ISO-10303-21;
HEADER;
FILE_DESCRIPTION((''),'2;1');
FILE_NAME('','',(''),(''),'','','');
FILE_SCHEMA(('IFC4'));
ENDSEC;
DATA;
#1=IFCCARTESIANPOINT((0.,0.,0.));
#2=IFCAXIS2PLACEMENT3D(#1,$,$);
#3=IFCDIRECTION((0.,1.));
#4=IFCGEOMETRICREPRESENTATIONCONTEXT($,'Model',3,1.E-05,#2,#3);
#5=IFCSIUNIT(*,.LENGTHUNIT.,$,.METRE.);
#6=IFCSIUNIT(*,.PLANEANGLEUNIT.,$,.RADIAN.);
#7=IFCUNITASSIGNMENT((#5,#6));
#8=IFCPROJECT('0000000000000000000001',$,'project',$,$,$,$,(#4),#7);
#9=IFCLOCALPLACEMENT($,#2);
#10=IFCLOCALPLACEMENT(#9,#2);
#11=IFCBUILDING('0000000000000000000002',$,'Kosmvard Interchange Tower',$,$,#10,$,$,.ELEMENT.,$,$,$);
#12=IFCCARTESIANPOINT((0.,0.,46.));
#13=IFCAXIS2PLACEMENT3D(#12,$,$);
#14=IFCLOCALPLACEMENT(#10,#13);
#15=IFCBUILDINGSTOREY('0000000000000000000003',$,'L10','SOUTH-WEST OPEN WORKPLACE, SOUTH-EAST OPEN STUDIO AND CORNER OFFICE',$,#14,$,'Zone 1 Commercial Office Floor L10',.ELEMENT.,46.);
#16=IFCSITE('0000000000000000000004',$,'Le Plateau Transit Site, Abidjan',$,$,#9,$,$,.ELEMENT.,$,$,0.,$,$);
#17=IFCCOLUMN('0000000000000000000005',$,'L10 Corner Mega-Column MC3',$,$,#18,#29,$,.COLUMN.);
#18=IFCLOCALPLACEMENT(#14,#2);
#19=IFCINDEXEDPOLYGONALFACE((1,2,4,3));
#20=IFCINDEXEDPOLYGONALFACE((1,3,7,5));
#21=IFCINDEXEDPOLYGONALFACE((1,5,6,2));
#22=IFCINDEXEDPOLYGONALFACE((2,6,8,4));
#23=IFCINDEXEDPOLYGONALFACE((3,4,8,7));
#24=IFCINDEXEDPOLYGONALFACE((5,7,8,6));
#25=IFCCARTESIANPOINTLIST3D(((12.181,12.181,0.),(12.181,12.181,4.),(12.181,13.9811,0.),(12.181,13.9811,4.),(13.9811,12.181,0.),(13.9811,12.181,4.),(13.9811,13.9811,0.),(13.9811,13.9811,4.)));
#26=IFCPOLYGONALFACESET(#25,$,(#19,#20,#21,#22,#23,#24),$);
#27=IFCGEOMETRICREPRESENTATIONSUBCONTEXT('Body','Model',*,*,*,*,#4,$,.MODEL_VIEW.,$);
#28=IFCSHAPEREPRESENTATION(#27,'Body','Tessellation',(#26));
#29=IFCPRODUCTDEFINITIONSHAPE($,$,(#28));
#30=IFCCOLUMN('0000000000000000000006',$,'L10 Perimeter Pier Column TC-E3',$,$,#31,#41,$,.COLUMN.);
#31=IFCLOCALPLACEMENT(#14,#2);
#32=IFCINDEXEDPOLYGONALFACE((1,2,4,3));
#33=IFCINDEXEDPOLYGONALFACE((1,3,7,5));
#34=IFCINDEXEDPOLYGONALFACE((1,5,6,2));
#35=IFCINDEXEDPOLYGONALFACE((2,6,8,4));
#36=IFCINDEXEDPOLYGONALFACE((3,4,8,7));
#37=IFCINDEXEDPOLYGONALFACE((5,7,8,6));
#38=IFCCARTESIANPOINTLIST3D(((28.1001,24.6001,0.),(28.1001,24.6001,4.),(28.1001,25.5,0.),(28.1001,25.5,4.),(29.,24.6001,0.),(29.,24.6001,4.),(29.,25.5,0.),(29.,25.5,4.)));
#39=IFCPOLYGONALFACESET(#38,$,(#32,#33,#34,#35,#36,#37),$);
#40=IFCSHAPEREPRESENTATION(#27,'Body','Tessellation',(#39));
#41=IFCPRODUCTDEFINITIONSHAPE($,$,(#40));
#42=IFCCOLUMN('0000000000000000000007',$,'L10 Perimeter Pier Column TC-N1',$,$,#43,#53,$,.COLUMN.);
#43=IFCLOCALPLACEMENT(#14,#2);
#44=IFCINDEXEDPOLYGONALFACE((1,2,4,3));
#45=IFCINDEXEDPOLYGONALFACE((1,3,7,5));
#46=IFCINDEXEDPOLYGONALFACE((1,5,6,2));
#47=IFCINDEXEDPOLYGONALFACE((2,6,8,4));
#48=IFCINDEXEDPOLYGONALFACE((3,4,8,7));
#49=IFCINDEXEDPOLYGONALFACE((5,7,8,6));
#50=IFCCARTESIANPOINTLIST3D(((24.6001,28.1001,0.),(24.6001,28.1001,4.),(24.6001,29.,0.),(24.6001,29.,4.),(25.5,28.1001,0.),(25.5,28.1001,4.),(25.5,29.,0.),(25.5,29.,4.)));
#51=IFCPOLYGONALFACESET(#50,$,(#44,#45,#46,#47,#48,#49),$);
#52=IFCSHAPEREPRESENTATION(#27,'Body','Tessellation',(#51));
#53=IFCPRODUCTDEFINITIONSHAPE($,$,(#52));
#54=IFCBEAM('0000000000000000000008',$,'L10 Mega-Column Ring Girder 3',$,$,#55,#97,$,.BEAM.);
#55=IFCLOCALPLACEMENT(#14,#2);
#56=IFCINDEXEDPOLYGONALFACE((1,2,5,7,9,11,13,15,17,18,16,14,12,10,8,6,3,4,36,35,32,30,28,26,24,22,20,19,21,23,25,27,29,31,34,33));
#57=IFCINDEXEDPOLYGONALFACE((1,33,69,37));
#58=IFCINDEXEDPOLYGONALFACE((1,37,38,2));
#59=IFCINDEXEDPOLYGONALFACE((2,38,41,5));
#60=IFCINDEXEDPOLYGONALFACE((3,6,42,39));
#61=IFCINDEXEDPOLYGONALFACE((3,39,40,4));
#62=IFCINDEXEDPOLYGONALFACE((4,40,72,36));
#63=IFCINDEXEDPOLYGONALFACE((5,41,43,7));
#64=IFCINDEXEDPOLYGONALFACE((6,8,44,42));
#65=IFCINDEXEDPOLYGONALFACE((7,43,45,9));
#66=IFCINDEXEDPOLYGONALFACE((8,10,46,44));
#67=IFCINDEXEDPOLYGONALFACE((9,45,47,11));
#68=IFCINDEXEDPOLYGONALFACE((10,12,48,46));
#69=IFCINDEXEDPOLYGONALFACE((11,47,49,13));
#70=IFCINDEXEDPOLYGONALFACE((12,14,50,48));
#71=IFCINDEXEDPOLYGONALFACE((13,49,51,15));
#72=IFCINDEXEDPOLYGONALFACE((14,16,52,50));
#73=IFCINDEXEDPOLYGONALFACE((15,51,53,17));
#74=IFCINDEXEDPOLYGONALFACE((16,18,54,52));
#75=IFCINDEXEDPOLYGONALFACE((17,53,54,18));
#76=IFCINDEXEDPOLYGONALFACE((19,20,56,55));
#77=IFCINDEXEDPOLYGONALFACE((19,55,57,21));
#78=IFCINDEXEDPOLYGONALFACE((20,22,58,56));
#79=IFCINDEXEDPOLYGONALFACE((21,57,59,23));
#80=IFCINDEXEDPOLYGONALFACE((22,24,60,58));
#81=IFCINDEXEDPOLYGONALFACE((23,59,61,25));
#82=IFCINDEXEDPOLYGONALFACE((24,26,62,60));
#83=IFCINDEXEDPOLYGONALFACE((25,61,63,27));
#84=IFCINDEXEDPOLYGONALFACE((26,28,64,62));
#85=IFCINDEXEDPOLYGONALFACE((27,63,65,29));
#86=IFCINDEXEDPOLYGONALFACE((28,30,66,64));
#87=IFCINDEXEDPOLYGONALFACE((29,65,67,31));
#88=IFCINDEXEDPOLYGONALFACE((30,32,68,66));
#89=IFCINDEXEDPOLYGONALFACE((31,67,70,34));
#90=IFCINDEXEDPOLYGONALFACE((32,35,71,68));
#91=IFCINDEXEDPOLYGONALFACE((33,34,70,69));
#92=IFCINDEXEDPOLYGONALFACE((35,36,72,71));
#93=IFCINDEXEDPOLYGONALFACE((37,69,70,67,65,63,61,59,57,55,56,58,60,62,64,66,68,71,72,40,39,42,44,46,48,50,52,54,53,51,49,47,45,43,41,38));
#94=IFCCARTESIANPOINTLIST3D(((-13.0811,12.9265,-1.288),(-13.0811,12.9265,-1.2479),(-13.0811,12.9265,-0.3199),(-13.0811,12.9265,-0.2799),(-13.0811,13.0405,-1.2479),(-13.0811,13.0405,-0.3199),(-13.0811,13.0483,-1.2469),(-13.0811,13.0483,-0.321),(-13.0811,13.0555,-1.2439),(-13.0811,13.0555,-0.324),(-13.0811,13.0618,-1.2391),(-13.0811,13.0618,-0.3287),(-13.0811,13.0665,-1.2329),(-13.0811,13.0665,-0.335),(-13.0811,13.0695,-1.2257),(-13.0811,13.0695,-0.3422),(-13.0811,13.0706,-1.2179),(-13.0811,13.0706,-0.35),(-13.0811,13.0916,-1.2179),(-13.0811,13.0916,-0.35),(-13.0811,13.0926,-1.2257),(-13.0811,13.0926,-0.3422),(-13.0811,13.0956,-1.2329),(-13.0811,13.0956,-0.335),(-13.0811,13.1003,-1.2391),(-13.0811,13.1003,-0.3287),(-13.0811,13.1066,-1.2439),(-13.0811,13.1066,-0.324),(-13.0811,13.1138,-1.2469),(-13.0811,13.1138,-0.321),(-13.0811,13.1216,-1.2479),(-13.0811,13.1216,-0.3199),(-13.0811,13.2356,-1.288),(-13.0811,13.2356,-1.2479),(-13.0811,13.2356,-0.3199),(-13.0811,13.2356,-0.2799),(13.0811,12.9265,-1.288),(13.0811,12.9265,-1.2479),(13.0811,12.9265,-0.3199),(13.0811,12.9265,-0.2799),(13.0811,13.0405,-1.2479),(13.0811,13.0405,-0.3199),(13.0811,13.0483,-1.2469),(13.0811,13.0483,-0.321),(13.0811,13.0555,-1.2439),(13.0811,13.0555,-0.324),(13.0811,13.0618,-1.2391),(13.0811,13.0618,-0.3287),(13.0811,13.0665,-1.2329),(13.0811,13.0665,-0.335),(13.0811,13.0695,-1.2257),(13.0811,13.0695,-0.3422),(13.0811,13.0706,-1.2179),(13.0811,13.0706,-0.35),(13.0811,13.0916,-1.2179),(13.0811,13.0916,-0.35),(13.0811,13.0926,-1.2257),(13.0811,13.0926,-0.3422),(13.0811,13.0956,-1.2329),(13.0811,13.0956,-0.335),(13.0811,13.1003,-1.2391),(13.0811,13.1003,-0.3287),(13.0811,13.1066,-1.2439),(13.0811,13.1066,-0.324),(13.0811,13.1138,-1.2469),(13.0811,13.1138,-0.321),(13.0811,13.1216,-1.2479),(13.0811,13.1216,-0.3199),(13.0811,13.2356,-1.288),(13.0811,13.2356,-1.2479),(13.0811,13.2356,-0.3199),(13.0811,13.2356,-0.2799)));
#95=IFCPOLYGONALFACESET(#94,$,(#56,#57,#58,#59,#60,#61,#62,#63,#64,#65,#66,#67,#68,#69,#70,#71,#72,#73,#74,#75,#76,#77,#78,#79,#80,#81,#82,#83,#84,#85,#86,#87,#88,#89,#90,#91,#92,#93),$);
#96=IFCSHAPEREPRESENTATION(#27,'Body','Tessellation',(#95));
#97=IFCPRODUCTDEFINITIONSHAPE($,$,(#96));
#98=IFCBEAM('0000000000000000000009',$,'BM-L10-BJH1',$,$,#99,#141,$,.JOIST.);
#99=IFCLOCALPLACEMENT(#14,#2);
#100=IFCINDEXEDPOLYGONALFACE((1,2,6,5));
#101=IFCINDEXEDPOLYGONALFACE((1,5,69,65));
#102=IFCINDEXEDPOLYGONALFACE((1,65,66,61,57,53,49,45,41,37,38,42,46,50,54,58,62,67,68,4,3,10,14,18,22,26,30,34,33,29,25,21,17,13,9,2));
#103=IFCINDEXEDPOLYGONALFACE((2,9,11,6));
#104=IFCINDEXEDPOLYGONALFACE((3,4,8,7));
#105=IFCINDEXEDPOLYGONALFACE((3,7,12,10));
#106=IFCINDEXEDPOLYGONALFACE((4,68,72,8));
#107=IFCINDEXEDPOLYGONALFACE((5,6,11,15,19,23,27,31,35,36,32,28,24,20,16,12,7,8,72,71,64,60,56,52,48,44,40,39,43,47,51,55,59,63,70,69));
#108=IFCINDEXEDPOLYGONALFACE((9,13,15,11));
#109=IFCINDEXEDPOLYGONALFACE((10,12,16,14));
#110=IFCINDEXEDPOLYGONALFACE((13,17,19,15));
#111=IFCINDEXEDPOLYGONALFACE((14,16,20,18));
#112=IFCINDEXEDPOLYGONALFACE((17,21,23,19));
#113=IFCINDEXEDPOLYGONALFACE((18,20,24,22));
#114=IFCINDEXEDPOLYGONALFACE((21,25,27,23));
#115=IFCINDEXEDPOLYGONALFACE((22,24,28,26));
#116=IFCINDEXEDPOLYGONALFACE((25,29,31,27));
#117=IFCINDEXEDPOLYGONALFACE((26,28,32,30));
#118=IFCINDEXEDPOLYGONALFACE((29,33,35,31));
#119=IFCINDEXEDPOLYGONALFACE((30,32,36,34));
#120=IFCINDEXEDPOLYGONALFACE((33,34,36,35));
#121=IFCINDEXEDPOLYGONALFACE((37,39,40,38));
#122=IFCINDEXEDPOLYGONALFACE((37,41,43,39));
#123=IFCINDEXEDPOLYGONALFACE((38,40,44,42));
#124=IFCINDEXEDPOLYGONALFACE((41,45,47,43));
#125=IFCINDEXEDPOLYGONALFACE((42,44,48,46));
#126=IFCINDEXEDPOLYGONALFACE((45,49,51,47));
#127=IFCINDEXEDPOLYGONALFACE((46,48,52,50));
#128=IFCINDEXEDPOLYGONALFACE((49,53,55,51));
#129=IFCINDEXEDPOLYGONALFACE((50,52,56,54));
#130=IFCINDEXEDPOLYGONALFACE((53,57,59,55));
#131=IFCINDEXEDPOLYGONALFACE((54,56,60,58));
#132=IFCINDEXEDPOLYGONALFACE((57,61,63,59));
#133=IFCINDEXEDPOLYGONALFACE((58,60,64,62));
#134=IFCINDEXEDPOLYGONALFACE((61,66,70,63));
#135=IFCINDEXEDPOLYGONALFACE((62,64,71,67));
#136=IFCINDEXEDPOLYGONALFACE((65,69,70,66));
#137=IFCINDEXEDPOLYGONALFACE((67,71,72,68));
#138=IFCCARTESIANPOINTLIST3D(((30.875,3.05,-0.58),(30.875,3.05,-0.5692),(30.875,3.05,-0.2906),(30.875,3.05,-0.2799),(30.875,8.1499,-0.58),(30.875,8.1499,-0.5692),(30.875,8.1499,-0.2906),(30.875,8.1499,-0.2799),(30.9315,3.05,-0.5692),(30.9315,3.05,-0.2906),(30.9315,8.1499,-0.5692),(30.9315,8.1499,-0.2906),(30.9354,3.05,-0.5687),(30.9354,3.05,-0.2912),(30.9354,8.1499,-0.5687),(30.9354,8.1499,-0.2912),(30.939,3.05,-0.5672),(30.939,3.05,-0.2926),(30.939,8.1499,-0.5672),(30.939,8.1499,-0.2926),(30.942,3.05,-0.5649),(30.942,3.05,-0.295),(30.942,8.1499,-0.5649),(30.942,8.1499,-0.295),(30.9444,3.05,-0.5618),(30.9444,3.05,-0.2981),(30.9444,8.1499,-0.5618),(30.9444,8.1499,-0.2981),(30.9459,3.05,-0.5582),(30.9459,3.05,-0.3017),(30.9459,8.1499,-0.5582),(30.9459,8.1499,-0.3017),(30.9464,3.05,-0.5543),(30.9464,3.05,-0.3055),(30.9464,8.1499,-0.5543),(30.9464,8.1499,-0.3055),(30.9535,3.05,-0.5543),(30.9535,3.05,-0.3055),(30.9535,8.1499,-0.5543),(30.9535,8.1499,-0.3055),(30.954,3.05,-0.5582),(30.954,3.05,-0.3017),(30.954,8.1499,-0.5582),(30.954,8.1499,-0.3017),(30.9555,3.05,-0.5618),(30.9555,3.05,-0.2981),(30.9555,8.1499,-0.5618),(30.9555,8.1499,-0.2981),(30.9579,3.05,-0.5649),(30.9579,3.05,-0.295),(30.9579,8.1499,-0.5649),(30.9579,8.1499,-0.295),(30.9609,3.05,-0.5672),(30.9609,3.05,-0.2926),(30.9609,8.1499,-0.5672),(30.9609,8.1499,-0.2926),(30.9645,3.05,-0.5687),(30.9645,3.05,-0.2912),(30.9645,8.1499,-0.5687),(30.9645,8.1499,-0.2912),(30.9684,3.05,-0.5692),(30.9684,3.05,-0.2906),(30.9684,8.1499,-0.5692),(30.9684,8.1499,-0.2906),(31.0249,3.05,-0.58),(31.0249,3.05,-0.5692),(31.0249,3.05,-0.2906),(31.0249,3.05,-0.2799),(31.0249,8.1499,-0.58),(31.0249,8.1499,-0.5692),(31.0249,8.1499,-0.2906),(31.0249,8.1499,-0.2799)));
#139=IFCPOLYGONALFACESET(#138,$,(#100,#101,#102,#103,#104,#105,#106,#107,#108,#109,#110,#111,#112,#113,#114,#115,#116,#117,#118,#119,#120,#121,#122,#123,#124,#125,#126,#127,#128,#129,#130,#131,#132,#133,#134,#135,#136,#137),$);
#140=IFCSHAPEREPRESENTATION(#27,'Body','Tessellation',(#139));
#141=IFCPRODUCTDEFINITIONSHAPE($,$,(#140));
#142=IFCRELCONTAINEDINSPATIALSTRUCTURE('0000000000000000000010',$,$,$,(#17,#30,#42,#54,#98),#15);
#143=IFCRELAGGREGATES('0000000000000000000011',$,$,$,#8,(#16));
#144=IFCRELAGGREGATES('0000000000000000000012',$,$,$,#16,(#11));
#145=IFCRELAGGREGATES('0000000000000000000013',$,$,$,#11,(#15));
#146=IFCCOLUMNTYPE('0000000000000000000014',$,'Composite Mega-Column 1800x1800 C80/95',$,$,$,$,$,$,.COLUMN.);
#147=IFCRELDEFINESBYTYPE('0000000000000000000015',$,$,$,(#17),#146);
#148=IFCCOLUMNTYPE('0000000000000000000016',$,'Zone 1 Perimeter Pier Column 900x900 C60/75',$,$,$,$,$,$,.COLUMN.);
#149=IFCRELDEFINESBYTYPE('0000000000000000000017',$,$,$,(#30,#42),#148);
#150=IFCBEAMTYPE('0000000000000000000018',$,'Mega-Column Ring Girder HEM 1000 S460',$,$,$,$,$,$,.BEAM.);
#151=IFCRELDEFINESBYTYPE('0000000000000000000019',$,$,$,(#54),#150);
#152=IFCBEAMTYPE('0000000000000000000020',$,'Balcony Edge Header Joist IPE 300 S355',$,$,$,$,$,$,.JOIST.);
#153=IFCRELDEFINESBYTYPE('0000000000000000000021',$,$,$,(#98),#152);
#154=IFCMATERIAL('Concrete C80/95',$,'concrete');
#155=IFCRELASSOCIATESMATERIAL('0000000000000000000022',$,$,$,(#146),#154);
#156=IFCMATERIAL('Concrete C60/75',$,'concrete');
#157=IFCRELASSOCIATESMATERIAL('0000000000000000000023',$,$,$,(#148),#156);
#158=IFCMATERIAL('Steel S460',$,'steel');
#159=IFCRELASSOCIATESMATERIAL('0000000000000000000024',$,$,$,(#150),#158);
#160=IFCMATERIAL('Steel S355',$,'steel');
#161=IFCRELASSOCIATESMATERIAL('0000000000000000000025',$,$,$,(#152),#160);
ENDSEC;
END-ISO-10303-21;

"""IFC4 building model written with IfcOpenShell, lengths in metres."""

from ifc_helpers import new_model, si_unit, direction, frame, origin, origin_2d, place, context, subcontext, project, spatial, rectangle, i_section, extrude, source, transform, mapped, material, material_profile, profile_set, type_object, element, save


model = new_model("IFC4")

# Units and contexts
model_context = context("Model", 3, precision=1e-05, world=origin(), true_north=direction((0.0, 1.0)))
body_context = subcontext(model_context, "Body", "Model", "MODEL_VIEW")
ifc_project = project(units=[si_unit("LENGTHUNIT", "METRE"), si_unit("PLANEANGLEUNIT", "RADIAN")], contexts=[model_context])

# Site, building, storey
site_placement = place(None, origin())
site = spatial("IfcSite", under=ifc_project, at=site_placement, Name="Le Plateau Transit Site, Abidjan", CompositionType="ELEMENT", RefElevation=0.0)
building_placement = place(site_placement, origin())
building = spatial("IfcBuilding", under=site, at=building_placement, Name="Kosmvard Interchange Tower", CompositionType="ELEMENT")
storey_placement = place(building_placement, frame((0.0, 0.0, 46.0)))
storey = spatial("IfcBuildingStorey", under=building, at=storey_placement, Name="L10", Description="SOUTH-WEST OPEN WORKPLACE, SOUTH-EAST OPEN STUDIO AND CORNER OFFICE", LongName="Zone 1 Commercial Office Floor L10", CompositionType="ELEMENT", Elevation=46.0)

# Columns
ifc_material_1 = material(Name="Concrete C80/95", Category="concrete")
ifc_material_profile_1 = material_profile(ifc_material_1, rectangle(XDim=1.8, YDim=1.8, at=origin_2d()), Name="MC 1800x1800")
ifc_profile_set_1 = profile_set([ifc_material_profile_1], Name="Concrete C80/95")
column_type_1 = type_object("IfcColumnType", Name="Composite Mega-Column 1800x1800 C80/95", PredefinedType="COLUMN", material=ifc_profile_set_1)
shared_shape_1 = source(origin(), body_context, "Body", "SweptSolid", [
    extrude(rectangle(XDim=1.8, YDim=1.8, at=origin_2d()), origin(), (0.0, 0.0, 1.0), 4.0),
])
column_placement = place(storey_placement, frame((13.0811, 13.0811, 0.0), z_axis=(0.0, 0.0, 1.0), x_axis=(1.0, 0.0, 0.0)))
element("IfcColumn", 1, at=column_placement, inside=storey, type_object=column_type_1, Name="L10 Corner Mega-Column MC3", PredefinedType="COLUMN", context=body_context, shape_type="MappedRepresentation", body=[
    mapped(shared_shape_1, transform((0.0, 0.0, 0.0), scale=1.0)),
])
ifc_material_2 = material(Name="Concrete C60/75", Category="concrete")
ifc_material_profile_2 = material_profile(ifc_material_2, rectangle(XDim=0.8999, YDim=0.8999, at=origin_2d()), Name="TC 900x900")
ifc_profile_set_2 = profile_set([ifc_material_profile_2], Name="Concrete C60/75")
column_type_2 = type_object("IfcColumnType", Name="Zone 1 Perimeter Pier Column 900x900 C60/75", PredefinedType="COLUMN", material=ifc_profile_set_2)
shared_shape_2 = source(origin(), body_context, "Body", "SweptSolid", [
    extrude(rectangle(XDim=0.8999, YDim=0.8999, at=origin_2d()), origin(), (0.0, 0.0, 1.0), 4.0),
])
for number, where, z_axis, x_axis, name in (
    (2, (28.55, 25.05, 0.0), (0.0, 0.0, 1.0), (1.0, 0.0, 0.0), "L10 Perimeter Pier Column TC-E3"),
    (3, (25.05, 28.55, 0.0), (0.0, 0.0, 1.0), (1.0, 0.0, 0.0), "L10 Perimeter Pier Column TC-N1"),
):
    element("IfcColumn", number, at=place(storey_placement, frame(where, z_axis=z_axis, x_axis=x_axis)), inside=storey, type_object=column_type_2, Name=name, PredefinedType="COLUMN", context=body_context, shape_type="MappedRepresentation", body=[
        mapped(shared_shape_2, transform((0.0, 0.0, 0.0), scale=1.0)),
    ])

# Beams
ifc_material_3 = material(Name="Steel S460", Category="steel")
ifc_material_profile_3 = material_profile(ifc_material_3, i_section(OverallWidth=0.3091, OverallDepth=1.0081, WebThickness=0.021, FlangeThickness=0.04, FilletRadius=0.03, at=origin_2d()), Name="HEM 1000")
ifc_profile_set_3 = profile_set([ifc_material_profile_3], Name="Steel S460")
beam_type_1 = type_object("IfcBeamType", Name="Mega-Column Ring Girder HEM 1000 S460", PredefinedType="BEAM", material=ifc_profile_set_3)
shared_shape_3 = source(origin(), body_context, "Body", "SweptSolid", [
    extrude(i_section(OverallWidth=0.3091, OverallDepth=1.0081, WebThickness=0.021, FlangeThickness=0.04, FilletRadius=0.03, at=origin_2d()), origin(), (0.0, 0.0, 1.0), 26.1621),
])
beam_1_placement = place(storey_placement, frame((13.0811, 13.0811, -0.7839), z_axis=(-1.0, 0.0, 0.0), x_axis=(0.0, -1.0, 0.0)))
element("IfcBeam", 4, at=beam_1_placement, inside=storey, type_object=beam_type_1, Name="L10 Mega-Column Ring Girder 3", PredefinedType="BEAM", context=body_context, shape_type="MappedRepresentation", body=[
    mapped(shared_shape_3, transform((0.0, 0.0, 0.0), scale=1.0)),
])
ifc_material_4 = material(Name="Steel S355", Category="steel")
ifc_material_profile_4 = material_profile(ifc_material_4, i_section(OverallWidth=0.1499, OverallDepth=0.3, WebThickness=0.0071, FlangeThickness=0.0107, FilletRadius=0.0149, at=origin_2d()), Name="IPE 300")
ifc_profile_set_4 = profile_set([ifc_material_profile_4], Name="Steel S355")
beam_type_2 = type_object("IfcBeamType", Name="Balcony Edge Header Joist IPE 300 S355", PredefinedType="JOIST", material=ifc_profile_set_4)
shared_shape_4 = source(origin(), body_context, "Body", "SweptSolid", [
    extrude(i_section(OverallWidth=0.1499, OverallDepth=0.3, WebThickness=0.0071, FlangeThickness=0.0107, FilletRadius=0.0149, at=origin_2d()), origin(), (0.0, 0.0, 1.0), 5.0999),
])
beam_2_placement = place(storey_placement, frame((30.95, 3.05, -0.4299), z_axis=(0.0, 1.0, 0.0), x_axis=(-1.0, 0.0, 0.0)))
element("IfcBeam", 5, at=beam_2_placement, inside=storey, type_object=beam_type_2, Name="BM-L10-BJH1", PredefinedType="JOIST", context=body_context, shape_type="MappedRepresentation", body=[
    mapped(shared_shape_4, transform((0.0, 0.0, 0.0), scale=1.0)),
])

save(model, "model.ifc")
